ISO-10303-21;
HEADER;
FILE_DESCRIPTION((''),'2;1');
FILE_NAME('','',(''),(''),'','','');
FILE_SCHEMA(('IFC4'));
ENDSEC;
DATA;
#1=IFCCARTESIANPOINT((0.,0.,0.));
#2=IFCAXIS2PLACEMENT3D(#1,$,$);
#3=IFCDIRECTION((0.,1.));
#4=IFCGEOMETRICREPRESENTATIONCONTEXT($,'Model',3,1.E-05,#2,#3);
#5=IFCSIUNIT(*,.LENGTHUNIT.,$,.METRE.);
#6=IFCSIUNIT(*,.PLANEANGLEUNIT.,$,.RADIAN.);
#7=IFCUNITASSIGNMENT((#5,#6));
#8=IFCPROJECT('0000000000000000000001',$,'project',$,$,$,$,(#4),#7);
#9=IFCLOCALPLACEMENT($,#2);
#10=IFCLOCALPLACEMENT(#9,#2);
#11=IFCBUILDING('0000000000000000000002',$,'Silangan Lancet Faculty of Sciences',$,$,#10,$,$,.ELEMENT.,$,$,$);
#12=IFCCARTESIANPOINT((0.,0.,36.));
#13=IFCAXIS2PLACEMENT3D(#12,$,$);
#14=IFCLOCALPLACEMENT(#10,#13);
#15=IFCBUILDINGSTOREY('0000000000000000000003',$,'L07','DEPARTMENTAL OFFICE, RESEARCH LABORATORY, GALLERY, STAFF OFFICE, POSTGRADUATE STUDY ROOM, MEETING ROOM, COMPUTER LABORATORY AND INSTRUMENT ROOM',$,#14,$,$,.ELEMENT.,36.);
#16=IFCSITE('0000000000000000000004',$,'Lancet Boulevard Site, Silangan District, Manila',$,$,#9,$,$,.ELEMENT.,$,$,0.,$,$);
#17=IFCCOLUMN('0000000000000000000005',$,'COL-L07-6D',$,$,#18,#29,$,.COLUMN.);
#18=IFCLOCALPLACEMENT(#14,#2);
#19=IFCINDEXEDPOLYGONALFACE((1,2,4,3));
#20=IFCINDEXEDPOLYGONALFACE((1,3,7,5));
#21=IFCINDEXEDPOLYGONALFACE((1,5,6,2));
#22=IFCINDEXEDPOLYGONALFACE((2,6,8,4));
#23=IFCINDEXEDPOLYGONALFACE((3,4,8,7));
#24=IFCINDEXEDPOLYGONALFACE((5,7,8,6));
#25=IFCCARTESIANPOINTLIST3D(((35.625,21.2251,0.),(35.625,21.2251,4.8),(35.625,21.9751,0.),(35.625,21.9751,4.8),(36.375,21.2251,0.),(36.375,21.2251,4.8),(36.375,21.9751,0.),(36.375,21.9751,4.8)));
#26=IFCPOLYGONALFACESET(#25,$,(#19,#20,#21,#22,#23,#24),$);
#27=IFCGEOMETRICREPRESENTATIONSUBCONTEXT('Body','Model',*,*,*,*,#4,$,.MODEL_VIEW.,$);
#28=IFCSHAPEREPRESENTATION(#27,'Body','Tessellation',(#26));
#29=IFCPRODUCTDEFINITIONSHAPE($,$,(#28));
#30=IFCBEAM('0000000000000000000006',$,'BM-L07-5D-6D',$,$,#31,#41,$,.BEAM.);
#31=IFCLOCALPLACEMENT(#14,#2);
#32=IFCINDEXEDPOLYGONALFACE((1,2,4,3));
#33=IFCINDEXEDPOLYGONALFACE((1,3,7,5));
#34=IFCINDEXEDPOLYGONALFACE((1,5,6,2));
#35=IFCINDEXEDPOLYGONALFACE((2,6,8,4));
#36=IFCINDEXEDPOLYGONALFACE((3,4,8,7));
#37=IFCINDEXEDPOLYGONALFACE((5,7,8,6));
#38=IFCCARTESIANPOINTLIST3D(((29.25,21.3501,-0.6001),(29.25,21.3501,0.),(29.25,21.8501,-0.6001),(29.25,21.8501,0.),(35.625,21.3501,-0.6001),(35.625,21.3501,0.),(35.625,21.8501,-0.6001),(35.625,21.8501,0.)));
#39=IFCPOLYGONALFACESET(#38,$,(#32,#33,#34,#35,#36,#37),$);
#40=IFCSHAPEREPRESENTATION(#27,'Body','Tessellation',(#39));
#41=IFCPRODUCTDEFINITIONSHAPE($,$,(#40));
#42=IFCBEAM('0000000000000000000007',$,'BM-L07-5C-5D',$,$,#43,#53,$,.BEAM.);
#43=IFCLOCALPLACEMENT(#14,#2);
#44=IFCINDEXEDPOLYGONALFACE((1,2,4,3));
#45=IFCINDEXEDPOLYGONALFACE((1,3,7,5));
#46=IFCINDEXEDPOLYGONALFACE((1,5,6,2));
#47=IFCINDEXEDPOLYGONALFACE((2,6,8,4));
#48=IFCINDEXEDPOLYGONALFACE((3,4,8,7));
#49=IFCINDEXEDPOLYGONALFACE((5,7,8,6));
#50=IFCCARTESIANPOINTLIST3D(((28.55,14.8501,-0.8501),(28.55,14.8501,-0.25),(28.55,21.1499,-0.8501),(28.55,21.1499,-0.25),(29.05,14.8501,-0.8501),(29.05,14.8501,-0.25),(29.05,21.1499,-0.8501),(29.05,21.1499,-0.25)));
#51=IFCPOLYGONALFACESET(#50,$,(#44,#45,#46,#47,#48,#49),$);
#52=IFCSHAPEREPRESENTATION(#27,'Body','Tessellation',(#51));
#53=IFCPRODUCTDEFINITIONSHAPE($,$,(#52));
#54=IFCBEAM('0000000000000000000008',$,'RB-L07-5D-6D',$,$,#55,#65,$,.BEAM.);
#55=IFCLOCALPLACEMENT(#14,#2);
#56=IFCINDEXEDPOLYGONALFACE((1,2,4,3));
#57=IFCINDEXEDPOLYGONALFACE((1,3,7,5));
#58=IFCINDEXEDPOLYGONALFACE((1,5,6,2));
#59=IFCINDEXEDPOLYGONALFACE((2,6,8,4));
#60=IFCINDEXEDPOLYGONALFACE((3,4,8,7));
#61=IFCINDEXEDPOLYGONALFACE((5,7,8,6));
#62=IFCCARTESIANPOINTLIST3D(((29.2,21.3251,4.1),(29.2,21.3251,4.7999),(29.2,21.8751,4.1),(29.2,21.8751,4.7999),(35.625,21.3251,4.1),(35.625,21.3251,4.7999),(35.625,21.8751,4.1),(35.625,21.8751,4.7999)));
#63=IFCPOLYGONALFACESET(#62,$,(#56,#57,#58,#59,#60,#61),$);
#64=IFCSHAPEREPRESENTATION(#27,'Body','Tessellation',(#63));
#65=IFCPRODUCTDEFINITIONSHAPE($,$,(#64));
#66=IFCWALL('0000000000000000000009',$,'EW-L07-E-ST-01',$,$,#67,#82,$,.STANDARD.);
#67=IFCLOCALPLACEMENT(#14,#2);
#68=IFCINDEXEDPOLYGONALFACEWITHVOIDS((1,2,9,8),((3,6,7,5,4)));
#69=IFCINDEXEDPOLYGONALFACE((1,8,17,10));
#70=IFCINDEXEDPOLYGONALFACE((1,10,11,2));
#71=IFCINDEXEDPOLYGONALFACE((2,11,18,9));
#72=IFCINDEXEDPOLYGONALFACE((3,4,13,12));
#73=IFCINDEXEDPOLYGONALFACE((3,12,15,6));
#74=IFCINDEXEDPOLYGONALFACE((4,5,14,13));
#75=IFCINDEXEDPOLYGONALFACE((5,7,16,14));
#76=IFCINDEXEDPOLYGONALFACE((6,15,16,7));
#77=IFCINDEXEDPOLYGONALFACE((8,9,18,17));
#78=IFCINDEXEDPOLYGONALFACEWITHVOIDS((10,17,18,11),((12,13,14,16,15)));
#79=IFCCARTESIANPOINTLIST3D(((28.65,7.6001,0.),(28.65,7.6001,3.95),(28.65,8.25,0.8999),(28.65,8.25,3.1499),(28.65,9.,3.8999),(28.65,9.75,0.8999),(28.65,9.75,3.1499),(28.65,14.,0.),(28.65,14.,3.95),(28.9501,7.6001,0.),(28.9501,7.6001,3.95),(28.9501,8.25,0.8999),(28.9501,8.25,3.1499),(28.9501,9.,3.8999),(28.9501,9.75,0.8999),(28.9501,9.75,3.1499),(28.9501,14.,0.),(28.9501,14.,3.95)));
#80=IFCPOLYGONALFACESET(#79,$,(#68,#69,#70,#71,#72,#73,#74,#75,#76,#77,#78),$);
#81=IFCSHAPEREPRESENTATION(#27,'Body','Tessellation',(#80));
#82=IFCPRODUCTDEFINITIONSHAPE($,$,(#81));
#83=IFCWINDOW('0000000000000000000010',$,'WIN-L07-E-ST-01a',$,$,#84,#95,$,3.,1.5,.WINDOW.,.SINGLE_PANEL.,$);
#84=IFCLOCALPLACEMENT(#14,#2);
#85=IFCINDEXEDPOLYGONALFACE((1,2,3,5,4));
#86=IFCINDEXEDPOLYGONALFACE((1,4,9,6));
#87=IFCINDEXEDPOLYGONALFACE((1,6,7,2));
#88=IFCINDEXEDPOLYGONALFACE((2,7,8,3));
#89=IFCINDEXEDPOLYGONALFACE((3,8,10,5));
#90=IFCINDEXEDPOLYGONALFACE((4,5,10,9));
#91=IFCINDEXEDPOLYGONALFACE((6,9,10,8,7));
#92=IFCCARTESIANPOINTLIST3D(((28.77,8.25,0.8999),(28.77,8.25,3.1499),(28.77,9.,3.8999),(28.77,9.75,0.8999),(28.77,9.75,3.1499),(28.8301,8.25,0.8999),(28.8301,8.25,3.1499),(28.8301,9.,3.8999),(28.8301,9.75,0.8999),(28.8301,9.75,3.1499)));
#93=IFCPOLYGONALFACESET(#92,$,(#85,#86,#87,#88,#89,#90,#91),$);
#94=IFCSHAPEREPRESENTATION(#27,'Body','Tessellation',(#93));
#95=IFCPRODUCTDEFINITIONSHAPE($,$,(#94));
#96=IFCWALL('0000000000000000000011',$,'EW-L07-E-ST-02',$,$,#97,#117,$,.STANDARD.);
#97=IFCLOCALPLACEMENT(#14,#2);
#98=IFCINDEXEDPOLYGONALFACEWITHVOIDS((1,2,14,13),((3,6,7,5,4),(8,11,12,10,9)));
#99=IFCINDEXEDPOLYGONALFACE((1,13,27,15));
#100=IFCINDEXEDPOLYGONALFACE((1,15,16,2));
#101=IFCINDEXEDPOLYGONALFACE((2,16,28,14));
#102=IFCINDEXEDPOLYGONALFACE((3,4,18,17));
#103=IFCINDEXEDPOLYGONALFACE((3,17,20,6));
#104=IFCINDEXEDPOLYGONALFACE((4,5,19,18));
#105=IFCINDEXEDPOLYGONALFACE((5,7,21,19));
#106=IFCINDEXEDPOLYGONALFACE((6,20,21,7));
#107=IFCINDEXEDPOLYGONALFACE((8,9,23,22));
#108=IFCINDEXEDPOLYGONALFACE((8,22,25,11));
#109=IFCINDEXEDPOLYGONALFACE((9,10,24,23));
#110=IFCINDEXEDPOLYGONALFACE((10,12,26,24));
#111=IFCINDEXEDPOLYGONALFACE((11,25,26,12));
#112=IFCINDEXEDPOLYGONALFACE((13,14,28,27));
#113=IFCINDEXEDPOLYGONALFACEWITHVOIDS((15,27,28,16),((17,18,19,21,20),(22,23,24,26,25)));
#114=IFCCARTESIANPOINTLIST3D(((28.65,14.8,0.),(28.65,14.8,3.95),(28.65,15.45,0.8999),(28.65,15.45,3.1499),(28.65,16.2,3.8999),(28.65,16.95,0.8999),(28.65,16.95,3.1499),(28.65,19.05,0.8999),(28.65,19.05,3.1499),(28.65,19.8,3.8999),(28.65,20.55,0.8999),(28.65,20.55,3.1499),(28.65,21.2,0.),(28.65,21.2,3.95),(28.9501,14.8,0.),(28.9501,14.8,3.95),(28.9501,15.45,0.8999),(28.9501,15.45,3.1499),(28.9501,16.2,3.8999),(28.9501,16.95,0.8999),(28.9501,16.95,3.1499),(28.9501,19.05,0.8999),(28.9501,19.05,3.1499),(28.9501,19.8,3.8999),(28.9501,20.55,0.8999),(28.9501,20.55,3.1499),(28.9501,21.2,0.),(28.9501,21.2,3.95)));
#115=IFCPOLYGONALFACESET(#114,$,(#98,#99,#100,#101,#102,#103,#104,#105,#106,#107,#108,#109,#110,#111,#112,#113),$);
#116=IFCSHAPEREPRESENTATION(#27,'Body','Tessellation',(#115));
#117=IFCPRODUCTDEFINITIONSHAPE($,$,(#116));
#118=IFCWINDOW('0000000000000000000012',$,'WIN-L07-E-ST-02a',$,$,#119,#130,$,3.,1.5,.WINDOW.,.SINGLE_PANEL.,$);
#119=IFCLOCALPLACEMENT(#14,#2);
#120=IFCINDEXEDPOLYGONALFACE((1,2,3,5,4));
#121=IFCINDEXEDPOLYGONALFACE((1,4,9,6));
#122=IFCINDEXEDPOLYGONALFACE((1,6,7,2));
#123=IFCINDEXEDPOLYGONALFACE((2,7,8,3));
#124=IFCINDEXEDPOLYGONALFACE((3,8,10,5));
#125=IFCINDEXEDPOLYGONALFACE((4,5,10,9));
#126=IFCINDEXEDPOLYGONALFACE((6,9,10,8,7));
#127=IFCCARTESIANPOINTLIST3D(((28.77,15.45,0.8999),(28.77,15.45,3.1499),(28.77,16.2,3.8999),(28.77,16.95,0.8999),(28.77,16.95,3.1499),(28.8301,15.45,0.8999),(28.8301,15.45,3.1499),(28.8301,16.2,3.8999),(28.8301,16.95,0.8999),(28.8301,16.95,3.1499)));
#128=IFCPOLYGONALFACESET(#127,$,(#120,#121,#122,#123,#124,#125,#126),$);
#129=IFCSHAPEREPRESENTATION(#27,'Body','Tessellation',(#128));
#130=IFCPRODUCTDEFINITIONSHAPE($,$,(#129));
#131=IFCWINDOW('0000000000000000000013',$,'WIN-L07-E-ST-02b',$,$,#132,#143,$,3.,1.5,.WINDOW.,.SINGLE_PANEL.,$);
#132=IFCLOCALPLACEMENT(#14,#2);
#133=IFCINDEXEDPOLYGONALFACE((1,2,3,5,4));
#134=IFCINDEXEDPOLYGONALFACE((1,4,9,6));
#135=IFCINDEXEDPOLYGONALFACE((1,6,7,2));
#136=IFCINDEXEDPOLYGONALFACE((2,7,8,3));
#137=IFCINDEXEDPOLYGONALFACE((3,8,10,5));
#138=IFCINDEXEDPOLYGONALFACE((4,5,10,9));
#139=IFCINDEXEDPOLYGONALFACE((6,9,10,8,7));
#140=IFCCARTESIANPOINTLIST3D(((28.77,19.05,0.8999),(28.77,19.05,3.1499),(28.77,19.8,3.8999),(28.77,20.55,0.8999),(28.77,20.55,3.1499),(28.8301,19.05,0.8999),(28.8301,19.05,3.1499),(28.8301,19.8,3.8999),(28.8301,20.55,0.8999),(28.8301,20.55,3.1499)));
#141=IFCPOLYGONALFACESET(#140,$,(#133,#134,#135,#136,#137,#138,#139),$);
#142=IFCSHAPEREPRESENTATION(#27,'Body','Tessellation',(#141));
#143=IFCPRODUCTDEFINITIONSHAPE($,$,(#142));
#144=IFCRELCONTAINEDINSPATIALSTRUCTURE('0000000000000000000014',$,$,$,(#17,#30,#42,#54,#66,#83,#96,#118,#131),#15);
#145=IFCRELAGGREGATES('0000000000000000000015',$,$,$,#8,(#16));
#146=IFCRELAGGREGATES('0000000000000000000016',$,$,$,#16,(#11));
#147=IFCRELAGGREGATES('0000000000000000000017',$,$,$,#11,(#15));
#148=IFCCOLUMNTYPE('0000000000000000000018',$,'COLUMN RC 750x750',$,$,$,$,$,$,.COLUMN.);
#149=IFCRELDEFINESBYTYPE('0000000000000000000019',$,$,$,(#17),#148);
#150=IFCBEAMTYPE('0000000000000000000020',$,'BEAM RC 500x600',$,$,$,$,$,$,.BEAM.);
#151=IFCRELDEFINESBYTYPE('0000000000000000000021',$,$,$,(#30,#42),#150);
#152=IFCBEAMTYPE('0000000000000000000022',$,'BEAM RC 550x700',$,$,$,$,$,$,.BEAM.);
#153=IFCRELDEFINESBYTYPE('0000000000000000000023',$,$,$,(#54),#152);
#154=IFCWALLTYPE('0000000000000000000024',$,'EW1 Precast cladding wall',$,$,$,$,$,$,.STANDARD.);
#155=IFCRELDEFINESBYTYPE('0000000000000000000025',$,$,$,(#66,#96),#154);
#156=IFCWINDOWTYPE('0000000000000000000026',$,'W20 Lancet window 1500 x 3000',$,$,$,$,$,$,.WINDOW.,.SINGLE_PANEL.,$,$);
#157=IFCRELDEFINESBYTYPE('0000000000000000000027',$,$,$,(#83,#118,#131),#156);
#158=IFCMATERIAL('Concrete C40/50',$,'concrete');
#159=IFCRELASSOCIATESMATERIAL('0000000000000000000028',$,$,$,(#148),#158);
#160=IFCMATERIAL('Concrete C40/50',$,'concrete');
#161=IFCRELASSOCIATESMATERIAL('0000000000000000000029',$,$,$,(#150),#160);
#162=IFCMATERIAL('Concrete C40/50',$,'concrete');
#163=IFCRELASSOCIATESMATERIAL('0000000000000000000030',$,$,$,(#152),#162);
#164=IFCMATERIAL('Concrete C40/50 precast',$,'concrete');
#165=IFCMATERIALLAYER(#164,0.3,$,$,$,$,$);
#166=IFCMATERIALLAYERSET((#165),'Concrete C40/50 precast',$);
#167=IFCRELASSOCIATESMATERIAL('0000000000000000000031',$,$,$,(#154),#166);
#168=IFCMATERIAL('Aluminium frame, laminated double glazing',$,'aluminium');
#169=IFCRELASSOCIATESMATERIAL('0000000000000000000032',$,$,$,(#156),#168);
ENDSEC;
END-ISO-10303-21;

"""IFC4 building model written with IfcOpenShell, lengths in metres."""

from ifc_helpers import new_model, si_unit, direction, frame, frame_2d, origin, origin_2d, place, context, subcontext, project, spatial, polyline, rectangle, outline, extrude, material, layer, layer_set, material_profile, profile_set, type_object, element, fill, save


model = new_model("IFC4")

# Units and contexts
model_context = context("Model", 3, precision=1e-05, world=origin(), true_north=direction((0.0, 1.0)))
body_context = subcontext(model_context, "Body", "Model", "MODEL_VIEW")
ifc_project = project(units=[si_unit("LENGTHUNIT", "METRE"), si_unit("PLANEANGLEUNIT", "RADIAN")], contexts=[model_context])

# Site, building, storey
site_placement = place(None, origin())
site = spatial("IfcSite", under=ifc_project, at=site_placement, Name="Lancet Boulevard Site, Silangan District, Manila", CompositionType="ELEMENT", RefElevation=0.0)
building_placement = place(site_placement, origin())
building = spatial("IfcBuilding", under=site, at=building_placement, Name="Silangan Lancet Faculty of Sciences", CompositionType="ELEMENT")
storey_placement = place(building_placement, frame((0.0, 0.0, 36.0)))
storey = spatial("IfcBuildingStorey", under=building, at=storey_placement, Name="L07", Description="DEPARTMENTAL OFFICE, RESEARCH LABORATORY, GALLERY, STAFF OFFICE, POSTGRADUATE STUDY ROOM, MEETING ROOM, COMPUTER LABORATORY AND INSTRUMENT ROOM", CompositionType="ELEMENT", Elevation=36.0)

# Column
ifc_material_1 = material(Name="Concrete C40/50", Category="concrete")
ifc_material_profile_1 = material_profile(ifc_material_1, rectangle(XDim=0.75, YDim=0.75, at=origin_2d()), Name="RC 750x750")
ifc_profile_set_1 = profile_set([ifc_material_profile_1], Name="Concrete C40/50")
column_type = type_object("IfcColumnType", Name="COLUMN RC 750x750", PredefinedType="COLUMN", material=ifc_profile_set_1)
column_placement = place(storey_placement, frame((36.0, 21.6001, 0.0), z_axis=(0.0, 0.0, 1.0), x_axis=(1.0, 0.0, 0.0)))
element("IfcColumn", 1, at=column_placement, inside=storey, type_object=column_type, Name="COL-L07-6D", PredefinedType="COLUMN", context=body_context, shape_type="SweptSolid", body=[
    extrude(rectangle(XDim=0.75, YDim=0.75, at=origin_2d()), origin(), (0.0, 0.0, 1.0), 4.8),
])

# Beams
ifc_material_2 = material(Name="Concrete C40/50", Category="concrete")
ifc_material_profile_2 = material_profile(ifc_material_2, rectangle(XDim=0.5, YDim=0.6001, at=origin_2d()), Name="RC 500x600")
ifc_profile_set_2 = profile_set([ifc_material_profile_2], Name="Concrete C40/50")
beam_type_1 = type_object("IfcBeamType", Name="BEAM RC 500x600", PredefinedType="BEAM", material=ifc_profile_set_2)
beam_1_placement = place(storey_placement, frame((29.25, 21.6001, -0.3), z_axis=(1.0, 0.0, 0.0), x_axis=(0.0, 1.0, 0.0)))
element("IfcBeam", 2, at=beam_1_placement, inside=storey, type_object=beam_type_1, Name="BM-L07-5D-6D", PredefinedType="BEAM", context=body_context, shape_type="SweptSolid", body=[
    extrude(rectangle(XDim=0.5, YDim=0.6001, at=origin_2d()), origin(), (0.0, 0.0, 1.0), 6.375),
])
beam_2_placement = place(storey_placement, frame((28.8, 14.8501, -0.55), z_axis=(0.0, 1.0, 0.0), x_axis=(-1.0, 0.0, 0.0)))
element("IfcBeam", 3, at=beam_2_placement, inside=storey, type_object=beam_type_1, Name="BM-L07-5C-5D", PredefinedType="BEAM", context=body_context, shape_type="SweptSolid", body=[
    extrude(rectangle(XDim=0.5, YDim=0.6001, at=origin_2d()), origin(), (0.0, 0.0, 1.0), 6.2998),
])
ifc_material_3 = material(Name="Concrete C40/50", Category="concrete")
ifc_material_profile_3 = material_profile(ifc_material_3, rectangle(XDim=0.55, YDim=0.7, at=origin_2d()), Name="RC 550x700")
ifc_profile_set_3 = profile_set([ifc_material_profile_3], Name="Concrete C40/50")
beam_type_2 = type_object("IfcBeamType", Name="BEAM RC 550x700", PredefinedType="BEAM", material=ifc_profile_set_3)
beam_3_placement = place(storey_placement, frame((29.2, 21.6001, 4.45), z_axis=(1.0, 0.0, 0.0), x_axis=(0.0, 1.0, 0.0)))
element("IfcBeam", 4, at=beam_3_placement, inside=storey, type_object=beam_type_2, Name="RB-L07-5D-6D", PredefinedType="BEAM", context=body_context, shape_type="SweptSolid", body=[
    extrude(rectangle(XDim=0.55, YDim=0.7, at=origin_2d()), origin(), (0.0, 0.0, 1.0), 6.425),
])

# Wall, opening, window
ifc_material_4 = material(Name="Concrete C40/50 precast", Category="concrete")
ifc_layer_1 = layer(ifc_material_4, 0.3)
ifc_layer_set_1 = layer_set([ifc_layer_1], Name="Concrete C40/50 precast")
wall_type_1 = type_object("IfcWallType", Name="EW1 Precast cladding wall", PredefinedType="STANDARD", material=ifc_layer_set_1)
wall_1_placement = place(storey_placement, frame((28.8, 7.6001, 0.0), z_axis=(0.0, 0.0, 1.0), x_axis=(0.0, 1.0, 0.0)))
wall_1 = element("IfcWall", 5, at=wall_1_placement, inside=storey, type_object=wall_type_1, Name="EW-L07-E-ST-01", PredefinedType="STANDARD", context=body_context, shape_type="SweptSolid", body=[
    extrude(rectangle(XDim=6.3999, YDim=0.3, at=frame_2d((3.2, 0.0))), origin(), (0.0, 0.0, 1.0), 3.95),
])
opening_1_placement = place(wall_1_placement, frame((0.6499, 0.0, 0.8999)))
opening_1 = element("IfcOpeningElement", 6, at=opening_1_placement, cuts=wall_1, PredefinedType="OPENING", context=body_context, shape_type="SweptSolid", body=[
    extrude(outline(polyline([(0.0, 0.0), (1.5, 0.0), (1.5, 2.25), (0.75, 3.0), (0.0, 2.25), (0.0, 0.0)])), frame((0.0, 0.1599, 0.0), z_axis=(0.0, -1.0, 0.0), x_axis=(1.0, 0.0, 0.0)), (0.0, 0.0, 1.0), 0.3201),
])
ifc_material_5 = material(Name="Aluminium frame, laminated double glazing", Category="aluminium")
window_type_1 = type_object("IfcWindowType", Name="W20 Lancet window 1500 x 3000", PartitioningType="SINGLE_PANEL", PredefinedType="WINDOW", material=ifc_material_5)
window_1_placement = place(opening_1_placement, origin())
window_1 = element("IfcWindow", 7, at=window_1_placement, inside=storey, type_object=window_type_1, Name="WIN-L07-E-ST-01a", OverallHeight=3.0, OverallWidth=1.5, PartitioningType="SINGLE_PANEL", PredefinedType="WINDOW", context=body_context, shape_type="SweptSolid", body=[
    extrude(outline(polyline([(0.0, 0.0), (1.5, 0.0), (1.5, 2.25), (0.75, 3.0), (0.0, 2.25), (0.0, 0.0)])), frame((0.0, 0.03, 0.0), z_axis=(0.0, -1.0, 0.0), x_axis=(1.0, 0.0, 0.0)), (0.0, 0.0, 1.0), 0.0601),
])
fill(opening_1, window_1)

# Wall, openings, windows
wall_2_placement = place(storey_placement, frame((28.8, 14.8, 0.0), z_axis=(0.0, 0.0, 1.0), x_axis=(0.0, 1.0, 0.0)))
wall_2 = element("IfcWall", 8, at=wall_2_placement, inside=storey, type_object=wall_type_1, Name="EW-L07-E-ST-02", PredefinedType="STANDARD", context=body_context, shape_type="SweptSolid", body=[
    extrude(rectangle(XDim=6.3999, YDim=0.3, at=frame_2d((3.2, 0.0))), origin(), (0.0, 0.0, 1.0), 3.95),
])
opening_2_placement = place(wall_2_placement, frame((0.6499, 0.0, 0.8999)))
opening_2 = element("IfcOpeningElement", 9, at=opening_2_placement, cuts=wall_2, PredefinedType="OPENING", context=body_context, shape_type="SweptSolid", body=[
    extrude(outline(polyline([(0.0, 0.0), (1.5, 0.0), (1.5, 2.25), (0.75, 3.0), (0.0, 2.25), (0.0, 0.0)])), frame((0.0, 0.1599, 0.0), z_axis=(0.0, -1.0, 0.0), x_axis=(1.0, 0.0, 0.0)), (0.0, 0.0, 1.0), 0.3201),
])
opening_3_placement = place(wall_2_placement, frame((4.25, 0.0, 0.8999)))
opening_3 = element("IfcOpeningElement", 10, at=opening_3_placement, cuts=wall_2, PredefinedType="OPENING", context=body_context, shape_type="SweptSolid", body=[
    extrude(outline(polyline([(0.0, 0.0), (1.5, 0.0), (1.5, 2.25), (0.75, 3.0), (0.0, 2.25), (0.0, 0.0)])), frame((0.0, 0.1599, 0.0), z_axis=(0.0, -1.0, 0.0), x_axis=(1.0, 0.0, 0.0)), (0.0, 0.0, 1.0), 0.3201),
])
window_2_placement = place(opening_2_placement, origin())
window_2 = element("IfcWindow", 11, at=window_2_placement, inside=storey, type_object=window_type_1, Name="WIN-L07-E-ST-02a", OverallHeight=3.0, OverallWidth=1.5, PartitioningType="SINGLE_PANEL", PredefinedType="WINDOW", context=body_context, shape_type="SweptSolid", body=[
    extrude(outline(polyline([(0.0, 0.0), (1.5, 0.0), (1.5, 2.25), (0.75, 3.0), (0.0, 2.25), (0.0, 0.0)])), frame((0.0, 0.03, 0.0), z_axis=(0.0, -1.0, 0.0), x_axis=(1.0, 0.0, 0.0)), (0.0, 0.0, 1.0), 0.0601),
])
fill(opening_2, window_2)
window_3_placement = place(opening_3_placement, origin())
window_3 = element("IfcWindow", 12, at=window_3_placement, inside=storey, type_object=window_type_1, Name="WIN-L07-E-ST-02b", OverallHeight=3.0, OverallWidth=1.5, PartitioningType="SINGLE_PANEL", PredefinedType="WINDOW", context=body_context, shape_type="SweptSolid", body=[
    extrude(outline(polyline([(0.0, 0.0), (1.5, 0.0), (1.5, 2.25), (0.75, 3.0), (0.0, 2.25), (0.0, 0.0)])), frame((0.0, 0.03, 0.0), z_axis=(0.0, -1.0, 0.0), x_axis=(1.0, 0.0, 0.0)), (0.0, 0.0, 1.0), 0.0601),
])
fill(opening_3, window_3)

save(model, "model.ifc")
